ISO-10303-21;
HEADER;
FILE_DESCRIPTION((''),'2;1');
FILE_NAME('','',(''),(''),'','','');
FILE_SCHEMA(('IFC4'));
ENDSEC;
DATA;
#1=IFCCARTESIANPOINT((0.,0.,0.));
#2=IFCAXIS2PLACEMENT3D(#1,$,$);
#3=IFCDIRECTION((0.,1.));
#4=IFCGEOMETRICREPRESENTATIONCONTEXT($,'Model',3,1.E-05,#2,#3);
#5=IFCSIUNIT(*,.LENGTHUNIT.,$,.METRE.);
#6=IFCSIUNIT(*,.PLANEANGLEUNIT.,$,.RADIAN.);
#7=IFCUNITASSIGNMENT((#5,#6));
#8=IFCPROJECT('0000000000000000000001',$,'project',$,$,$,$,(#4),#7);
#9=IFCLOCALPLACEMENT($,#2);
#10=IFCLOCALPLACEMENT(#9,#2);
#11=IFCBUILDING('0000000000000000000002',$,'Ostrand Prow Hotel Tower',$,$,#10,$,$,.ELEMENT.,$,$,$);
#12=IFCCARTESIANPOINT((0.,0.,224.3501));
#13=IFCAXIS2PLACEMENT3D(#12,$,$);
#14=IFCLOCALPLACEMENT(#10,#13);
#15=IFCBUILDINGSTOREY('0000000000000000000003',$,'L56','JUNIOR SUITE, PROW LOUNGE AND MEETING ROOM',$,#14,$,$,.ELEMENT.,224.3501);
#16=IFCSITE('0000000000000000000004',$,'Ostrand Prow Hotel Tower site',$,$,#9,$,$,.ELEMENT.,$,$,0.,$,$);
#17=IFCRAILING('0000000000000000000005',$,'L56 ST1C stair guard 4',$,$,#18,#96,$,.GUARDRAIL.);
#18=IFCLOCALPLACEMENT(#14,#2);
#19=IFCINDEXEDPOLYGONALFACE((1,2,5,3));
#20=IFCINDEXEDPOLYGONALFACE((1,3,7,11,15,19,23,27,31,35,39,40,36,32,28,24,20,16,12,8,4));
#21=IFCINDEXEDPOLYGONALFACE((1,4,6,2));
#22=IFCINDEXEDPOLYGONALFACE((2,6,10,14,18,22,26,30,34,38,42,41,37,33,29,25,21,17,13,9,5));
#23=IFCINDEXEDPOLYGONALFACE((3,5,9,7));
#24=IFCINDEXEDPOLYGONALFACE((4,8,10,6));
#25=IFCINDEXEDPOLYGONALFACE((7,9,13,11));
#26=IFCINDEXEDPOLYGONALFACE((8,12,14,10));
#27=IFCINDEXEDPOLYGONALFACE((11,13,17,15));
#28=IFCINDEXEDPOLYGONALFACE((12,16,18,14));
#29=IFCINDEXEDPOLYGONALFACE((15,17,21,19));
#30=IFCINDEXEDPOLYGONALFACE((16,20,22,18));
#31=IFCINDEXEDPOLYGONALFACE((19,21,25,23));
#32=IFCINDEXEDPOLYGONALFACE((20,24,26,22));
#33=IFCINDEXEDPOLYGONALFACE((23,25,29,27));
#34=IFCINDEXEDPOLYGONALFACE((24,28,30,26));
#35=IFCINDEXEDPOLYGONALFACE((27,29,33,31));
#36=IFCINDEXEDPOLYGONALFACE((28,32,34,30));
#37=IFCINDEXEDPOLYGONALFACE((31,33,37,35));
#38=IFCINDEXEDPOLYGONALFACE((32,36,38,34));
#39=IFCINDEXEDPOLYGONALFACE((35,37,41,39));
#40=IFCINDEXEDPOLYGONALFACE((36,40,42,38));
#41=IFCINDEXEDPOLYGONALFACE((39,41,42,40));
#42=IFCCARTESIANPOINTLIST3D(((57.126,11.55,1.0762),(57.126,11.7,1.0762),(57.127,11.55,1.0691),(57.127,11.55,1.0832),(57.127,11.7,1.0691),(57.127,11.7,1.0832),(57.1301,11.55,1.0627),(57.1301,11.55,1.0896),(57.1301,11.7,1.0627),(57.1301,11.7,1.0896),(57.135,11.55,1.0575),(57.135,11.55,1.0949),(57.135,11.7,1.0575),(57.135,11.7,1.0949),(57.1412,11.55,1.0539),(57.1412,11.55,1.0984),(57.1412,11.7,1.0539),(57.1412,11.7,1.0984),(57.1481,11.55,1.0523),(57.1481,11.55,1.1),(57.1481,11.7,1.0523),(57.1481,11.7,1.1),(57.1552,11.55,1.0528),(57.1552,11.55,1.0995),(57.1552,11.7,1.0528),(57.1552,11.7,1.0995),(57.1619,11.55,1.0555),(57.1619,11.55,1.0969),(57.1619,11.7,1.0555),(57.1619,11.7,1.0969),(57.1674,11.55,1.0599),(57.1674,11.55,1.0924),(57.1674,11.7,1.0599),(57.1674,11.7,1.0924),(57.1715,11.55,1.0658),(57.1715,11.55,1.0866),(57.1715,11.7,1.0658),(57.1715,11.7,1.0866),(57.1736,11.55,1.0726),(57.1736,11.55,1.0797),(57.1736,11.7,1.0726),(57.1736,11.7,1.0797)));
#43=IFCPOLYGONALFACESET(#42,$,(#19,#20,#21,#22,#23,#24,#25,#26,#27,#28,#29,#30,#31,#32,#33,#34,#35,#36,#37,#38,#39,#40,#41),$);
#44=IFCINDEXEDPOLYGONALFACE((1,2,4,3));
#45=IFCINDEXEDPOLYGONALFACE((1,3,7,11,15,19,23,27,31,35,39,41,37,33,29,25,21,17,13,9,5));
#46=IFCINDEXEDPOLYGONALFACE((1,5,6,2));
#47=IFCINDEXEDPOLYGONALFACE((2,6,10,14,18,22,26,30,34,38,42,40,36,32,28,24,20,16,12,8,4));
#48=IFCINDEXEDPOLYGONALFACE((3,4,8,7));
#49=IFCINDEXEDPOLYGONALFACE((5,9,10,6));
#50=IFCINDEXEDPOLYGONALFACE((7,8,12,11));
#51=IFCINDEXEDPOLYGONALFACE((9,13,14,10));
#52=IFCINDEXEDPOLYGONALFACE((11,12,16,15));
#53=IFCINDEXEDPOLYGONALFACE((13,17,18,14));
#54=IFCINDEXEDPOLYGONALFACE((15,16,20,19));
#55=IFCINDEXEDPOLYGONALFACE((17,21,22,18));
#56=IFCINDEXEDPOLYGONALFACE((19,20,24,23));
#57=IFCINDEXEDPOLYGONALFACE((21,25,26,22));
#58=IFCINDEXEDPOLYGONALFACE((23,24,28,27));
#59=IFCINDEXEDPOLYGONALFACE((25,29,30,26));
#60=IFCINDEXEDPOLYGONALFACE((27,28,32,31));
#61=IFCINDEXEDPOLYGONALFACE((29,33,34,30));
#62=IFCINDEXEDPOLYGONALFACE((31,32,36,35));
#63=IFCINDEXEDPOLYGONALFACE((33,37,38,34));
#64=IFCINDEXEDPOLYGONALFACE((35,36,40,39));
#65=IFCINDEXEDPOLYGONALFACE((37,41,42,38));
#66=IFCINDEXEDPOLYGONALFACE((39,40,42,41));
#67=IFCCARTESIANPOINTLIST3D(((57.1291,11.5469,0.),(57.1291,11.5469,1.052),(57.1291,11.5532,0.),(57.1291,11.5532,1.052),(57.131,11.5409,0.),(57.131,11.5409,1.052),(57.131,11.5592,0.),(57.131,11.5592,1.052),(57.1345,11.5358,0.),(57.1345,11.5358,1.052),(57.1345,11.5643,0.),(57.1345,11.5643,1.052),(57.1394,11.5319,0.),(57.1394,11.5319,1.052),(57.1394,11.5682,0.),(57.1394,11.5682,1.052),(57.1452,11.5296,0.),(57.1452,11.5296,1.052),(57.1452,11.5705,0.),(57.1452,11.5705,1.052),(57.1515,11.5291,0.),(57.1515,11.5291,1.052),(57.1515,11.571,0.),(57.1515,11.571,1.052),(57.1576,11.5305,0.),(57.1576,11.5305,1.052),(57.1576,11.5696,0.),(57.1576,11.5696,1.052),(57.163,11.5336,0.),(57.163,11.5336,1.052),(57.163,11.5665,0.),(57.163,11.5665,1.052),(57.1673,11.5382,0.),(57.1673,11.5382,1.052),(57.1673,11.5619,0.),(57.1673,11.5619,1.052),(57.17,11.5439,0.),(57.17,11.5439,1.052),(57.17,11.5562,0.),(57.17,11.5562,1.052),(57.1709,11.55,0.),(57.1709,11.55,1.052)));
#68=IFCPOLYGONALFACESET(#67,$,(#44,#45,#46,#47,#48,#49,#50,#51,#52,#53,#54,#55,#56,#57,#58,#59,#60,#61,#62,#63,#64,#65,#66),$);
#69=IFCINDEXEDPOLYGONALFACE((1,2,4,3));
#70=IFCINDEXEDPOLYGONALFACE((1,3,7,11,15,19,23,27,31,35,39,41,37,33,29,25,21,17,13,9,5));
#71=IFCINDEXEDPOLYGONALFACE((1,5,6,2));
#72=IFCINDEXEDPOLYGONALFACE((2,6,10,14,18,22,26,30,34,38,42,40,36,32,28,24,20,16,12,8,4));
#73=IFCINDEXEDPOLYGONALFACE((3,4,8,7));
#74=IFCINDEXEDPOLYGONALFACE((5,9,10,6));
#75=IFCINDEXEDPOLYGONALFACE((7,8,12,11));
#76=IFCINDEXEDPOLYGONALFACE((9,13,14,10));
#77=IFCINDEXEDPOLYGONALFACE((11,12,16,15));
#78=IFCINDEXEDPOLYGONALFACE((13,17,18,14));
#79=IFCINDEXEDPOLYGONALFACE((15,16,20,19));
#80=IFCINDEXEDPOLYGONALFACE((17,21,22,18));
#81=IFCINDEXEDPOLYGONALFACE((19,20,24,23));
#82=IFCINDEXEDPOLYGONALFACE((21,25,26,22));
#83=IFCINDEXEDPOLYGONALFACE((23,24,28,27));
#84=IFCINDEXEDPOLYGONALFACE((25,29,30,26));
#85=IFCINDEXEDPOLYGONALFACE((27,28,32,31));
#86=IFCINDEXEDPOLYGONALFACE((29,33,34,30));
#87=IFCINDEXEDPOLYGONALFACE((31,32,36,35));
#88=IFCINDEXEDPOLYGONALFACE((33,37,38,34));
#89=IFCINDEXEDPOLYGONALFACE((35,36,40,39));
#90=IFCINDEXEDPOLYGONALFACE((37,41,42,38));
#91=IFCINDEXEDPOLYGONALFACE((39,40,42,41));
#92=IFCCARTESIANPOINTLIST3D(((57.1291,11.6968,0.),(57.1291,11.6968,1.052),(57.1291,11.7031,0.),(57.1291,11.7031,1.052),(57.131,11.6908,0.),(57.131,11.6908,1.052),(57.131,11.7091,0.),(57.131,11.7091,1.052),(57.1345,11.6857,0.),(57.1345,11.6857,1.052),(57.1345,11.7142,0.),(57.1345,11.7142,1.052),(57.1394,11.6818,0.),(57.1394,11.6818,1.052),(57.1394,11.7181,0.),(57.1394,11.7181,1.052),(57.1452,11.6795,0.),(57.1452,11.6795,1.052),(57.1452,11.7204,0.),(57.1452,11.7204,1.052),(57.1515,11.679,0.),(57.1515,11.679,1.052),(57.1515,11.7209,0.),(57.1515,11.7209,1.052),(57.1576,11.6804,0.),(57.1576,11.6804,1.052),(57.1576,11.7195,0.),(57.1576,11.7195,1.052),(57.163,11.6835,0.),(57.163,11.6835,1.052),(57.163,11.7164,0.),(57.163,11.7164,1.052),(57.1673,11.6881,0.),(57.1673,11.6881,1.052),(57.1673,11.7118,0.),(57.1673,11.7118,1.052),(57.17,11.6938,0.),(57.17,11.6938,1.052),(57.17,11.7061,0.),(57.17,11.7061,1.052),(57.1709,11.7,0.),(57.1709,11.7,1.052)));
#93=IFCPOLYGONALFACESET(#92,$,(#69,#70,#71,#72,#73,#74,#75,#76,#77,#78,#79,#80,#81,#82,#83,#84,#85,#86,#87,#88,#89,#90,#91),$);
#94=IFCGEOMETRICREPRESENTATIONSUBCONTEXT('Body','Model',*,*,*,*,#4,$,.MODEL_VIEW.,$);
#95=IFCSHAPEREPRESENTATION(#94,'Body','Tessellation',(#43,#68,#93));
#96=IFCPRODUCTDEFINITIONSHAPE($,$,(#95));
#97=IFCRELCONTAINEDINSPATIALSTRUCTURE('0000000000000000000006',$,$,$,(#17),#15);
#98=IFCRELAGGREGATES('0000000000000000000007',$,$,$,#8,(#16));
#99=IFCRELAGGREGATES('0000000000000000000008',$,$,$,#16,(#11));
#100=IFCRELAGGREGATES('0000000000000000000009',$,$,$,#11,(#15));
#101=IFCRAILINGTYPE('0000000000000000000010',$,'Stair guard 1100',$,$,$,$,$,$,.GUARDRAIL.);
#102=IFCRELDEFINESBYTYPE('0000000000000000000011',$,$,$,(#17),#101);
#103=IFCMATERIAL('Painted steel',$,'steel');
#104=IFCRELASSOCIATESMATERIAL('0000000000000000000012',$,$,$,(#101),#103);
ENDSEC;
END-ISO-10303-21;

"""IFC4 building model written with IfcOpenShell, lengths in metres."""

from ifc_helpers import new_model, si_unit, direction, frame, origin, origin_2d, place, context, subcontext, project, spatial, circle, extrude, material, type_object, element, save


model = new_model("IFC4")

# Units and contexts
model_context = context("Model", 3, precision=1e-05, world=origin(), true_north=direction((0.0, 1.0)))
body_context = subcontext(model_context, "Body", "Model", "MODEL_VIEW")
ifc_project = project(units=[si_unit("LENGTHUNIT", "METRE"), si_unit("PLANEANGLEUNIT", "RADIAN")], contexts=[model_context])

# Site, building, storey
site_placement = place(None, origin())
site = spatial("IfcSite", under=ifc_project, at=site_placement, Name="Ostrand Prow Hotel Tower site", CompositionType="ELEMENT", RefElevation=0.0)
building_placement = place(site_placement, origin())
building = spatial("IfcBuilding", under=site, at=building_placement, Name="Ostrand Prow Hotel Tower", CompositionType="ELEMENT")
storey_placement = place(building_placement, frame((0.0, 0.0, 224.3501)))
storey = spatial("IfcBuildingStorey", under=building, at=storey_placement, Name="L56", Description="JUNIOR SUITE, PROW LOUNGE AND MEETING ROOM", CompositionType="ELEMENT", Elevation=224.3501)

# Railing
ifc_material_1 = material(Name="Painted steel", Category="steel")
railing_type_1 = type_object("IfcRailingType", Name="Stair guard 1100", PredefinedType="GUARDRAIL", material=ifc_material_1)
railing_1_placement = place(storey_placement, frame((57.1499, 11.55, 0.0)))
element("IfcRailing", 1, at=railing_1_placement, inside=storey, type_object=railing_type_1, Name="L56 ST1C stair guard 4", PredefinedType="GUARDRAIL", context=body_context, shape_type="SweptSolid", body=[
    extrude(circle(Radius=0.0239, at=origin_2d()), frame((0.0, 0.0, 1.0762), z_axis=(0.0, 1.0, 0.0), x_axis=(-1.0, 0.0, 0.0)), (0.0, 0.0, 1.0), 0.1499),
    extrude(circle(Radius=0.021, at=origin_2d()), origin(), (0.0, 0.0, 1.0), 1.052),
    extrude(circle(Radius=0.021, at=origin_2d()), frame((0.0, 0.1499, 0.0)), (0.0, 0.0, 1.0), 1.052),
])

save(model, "model.ifc")
